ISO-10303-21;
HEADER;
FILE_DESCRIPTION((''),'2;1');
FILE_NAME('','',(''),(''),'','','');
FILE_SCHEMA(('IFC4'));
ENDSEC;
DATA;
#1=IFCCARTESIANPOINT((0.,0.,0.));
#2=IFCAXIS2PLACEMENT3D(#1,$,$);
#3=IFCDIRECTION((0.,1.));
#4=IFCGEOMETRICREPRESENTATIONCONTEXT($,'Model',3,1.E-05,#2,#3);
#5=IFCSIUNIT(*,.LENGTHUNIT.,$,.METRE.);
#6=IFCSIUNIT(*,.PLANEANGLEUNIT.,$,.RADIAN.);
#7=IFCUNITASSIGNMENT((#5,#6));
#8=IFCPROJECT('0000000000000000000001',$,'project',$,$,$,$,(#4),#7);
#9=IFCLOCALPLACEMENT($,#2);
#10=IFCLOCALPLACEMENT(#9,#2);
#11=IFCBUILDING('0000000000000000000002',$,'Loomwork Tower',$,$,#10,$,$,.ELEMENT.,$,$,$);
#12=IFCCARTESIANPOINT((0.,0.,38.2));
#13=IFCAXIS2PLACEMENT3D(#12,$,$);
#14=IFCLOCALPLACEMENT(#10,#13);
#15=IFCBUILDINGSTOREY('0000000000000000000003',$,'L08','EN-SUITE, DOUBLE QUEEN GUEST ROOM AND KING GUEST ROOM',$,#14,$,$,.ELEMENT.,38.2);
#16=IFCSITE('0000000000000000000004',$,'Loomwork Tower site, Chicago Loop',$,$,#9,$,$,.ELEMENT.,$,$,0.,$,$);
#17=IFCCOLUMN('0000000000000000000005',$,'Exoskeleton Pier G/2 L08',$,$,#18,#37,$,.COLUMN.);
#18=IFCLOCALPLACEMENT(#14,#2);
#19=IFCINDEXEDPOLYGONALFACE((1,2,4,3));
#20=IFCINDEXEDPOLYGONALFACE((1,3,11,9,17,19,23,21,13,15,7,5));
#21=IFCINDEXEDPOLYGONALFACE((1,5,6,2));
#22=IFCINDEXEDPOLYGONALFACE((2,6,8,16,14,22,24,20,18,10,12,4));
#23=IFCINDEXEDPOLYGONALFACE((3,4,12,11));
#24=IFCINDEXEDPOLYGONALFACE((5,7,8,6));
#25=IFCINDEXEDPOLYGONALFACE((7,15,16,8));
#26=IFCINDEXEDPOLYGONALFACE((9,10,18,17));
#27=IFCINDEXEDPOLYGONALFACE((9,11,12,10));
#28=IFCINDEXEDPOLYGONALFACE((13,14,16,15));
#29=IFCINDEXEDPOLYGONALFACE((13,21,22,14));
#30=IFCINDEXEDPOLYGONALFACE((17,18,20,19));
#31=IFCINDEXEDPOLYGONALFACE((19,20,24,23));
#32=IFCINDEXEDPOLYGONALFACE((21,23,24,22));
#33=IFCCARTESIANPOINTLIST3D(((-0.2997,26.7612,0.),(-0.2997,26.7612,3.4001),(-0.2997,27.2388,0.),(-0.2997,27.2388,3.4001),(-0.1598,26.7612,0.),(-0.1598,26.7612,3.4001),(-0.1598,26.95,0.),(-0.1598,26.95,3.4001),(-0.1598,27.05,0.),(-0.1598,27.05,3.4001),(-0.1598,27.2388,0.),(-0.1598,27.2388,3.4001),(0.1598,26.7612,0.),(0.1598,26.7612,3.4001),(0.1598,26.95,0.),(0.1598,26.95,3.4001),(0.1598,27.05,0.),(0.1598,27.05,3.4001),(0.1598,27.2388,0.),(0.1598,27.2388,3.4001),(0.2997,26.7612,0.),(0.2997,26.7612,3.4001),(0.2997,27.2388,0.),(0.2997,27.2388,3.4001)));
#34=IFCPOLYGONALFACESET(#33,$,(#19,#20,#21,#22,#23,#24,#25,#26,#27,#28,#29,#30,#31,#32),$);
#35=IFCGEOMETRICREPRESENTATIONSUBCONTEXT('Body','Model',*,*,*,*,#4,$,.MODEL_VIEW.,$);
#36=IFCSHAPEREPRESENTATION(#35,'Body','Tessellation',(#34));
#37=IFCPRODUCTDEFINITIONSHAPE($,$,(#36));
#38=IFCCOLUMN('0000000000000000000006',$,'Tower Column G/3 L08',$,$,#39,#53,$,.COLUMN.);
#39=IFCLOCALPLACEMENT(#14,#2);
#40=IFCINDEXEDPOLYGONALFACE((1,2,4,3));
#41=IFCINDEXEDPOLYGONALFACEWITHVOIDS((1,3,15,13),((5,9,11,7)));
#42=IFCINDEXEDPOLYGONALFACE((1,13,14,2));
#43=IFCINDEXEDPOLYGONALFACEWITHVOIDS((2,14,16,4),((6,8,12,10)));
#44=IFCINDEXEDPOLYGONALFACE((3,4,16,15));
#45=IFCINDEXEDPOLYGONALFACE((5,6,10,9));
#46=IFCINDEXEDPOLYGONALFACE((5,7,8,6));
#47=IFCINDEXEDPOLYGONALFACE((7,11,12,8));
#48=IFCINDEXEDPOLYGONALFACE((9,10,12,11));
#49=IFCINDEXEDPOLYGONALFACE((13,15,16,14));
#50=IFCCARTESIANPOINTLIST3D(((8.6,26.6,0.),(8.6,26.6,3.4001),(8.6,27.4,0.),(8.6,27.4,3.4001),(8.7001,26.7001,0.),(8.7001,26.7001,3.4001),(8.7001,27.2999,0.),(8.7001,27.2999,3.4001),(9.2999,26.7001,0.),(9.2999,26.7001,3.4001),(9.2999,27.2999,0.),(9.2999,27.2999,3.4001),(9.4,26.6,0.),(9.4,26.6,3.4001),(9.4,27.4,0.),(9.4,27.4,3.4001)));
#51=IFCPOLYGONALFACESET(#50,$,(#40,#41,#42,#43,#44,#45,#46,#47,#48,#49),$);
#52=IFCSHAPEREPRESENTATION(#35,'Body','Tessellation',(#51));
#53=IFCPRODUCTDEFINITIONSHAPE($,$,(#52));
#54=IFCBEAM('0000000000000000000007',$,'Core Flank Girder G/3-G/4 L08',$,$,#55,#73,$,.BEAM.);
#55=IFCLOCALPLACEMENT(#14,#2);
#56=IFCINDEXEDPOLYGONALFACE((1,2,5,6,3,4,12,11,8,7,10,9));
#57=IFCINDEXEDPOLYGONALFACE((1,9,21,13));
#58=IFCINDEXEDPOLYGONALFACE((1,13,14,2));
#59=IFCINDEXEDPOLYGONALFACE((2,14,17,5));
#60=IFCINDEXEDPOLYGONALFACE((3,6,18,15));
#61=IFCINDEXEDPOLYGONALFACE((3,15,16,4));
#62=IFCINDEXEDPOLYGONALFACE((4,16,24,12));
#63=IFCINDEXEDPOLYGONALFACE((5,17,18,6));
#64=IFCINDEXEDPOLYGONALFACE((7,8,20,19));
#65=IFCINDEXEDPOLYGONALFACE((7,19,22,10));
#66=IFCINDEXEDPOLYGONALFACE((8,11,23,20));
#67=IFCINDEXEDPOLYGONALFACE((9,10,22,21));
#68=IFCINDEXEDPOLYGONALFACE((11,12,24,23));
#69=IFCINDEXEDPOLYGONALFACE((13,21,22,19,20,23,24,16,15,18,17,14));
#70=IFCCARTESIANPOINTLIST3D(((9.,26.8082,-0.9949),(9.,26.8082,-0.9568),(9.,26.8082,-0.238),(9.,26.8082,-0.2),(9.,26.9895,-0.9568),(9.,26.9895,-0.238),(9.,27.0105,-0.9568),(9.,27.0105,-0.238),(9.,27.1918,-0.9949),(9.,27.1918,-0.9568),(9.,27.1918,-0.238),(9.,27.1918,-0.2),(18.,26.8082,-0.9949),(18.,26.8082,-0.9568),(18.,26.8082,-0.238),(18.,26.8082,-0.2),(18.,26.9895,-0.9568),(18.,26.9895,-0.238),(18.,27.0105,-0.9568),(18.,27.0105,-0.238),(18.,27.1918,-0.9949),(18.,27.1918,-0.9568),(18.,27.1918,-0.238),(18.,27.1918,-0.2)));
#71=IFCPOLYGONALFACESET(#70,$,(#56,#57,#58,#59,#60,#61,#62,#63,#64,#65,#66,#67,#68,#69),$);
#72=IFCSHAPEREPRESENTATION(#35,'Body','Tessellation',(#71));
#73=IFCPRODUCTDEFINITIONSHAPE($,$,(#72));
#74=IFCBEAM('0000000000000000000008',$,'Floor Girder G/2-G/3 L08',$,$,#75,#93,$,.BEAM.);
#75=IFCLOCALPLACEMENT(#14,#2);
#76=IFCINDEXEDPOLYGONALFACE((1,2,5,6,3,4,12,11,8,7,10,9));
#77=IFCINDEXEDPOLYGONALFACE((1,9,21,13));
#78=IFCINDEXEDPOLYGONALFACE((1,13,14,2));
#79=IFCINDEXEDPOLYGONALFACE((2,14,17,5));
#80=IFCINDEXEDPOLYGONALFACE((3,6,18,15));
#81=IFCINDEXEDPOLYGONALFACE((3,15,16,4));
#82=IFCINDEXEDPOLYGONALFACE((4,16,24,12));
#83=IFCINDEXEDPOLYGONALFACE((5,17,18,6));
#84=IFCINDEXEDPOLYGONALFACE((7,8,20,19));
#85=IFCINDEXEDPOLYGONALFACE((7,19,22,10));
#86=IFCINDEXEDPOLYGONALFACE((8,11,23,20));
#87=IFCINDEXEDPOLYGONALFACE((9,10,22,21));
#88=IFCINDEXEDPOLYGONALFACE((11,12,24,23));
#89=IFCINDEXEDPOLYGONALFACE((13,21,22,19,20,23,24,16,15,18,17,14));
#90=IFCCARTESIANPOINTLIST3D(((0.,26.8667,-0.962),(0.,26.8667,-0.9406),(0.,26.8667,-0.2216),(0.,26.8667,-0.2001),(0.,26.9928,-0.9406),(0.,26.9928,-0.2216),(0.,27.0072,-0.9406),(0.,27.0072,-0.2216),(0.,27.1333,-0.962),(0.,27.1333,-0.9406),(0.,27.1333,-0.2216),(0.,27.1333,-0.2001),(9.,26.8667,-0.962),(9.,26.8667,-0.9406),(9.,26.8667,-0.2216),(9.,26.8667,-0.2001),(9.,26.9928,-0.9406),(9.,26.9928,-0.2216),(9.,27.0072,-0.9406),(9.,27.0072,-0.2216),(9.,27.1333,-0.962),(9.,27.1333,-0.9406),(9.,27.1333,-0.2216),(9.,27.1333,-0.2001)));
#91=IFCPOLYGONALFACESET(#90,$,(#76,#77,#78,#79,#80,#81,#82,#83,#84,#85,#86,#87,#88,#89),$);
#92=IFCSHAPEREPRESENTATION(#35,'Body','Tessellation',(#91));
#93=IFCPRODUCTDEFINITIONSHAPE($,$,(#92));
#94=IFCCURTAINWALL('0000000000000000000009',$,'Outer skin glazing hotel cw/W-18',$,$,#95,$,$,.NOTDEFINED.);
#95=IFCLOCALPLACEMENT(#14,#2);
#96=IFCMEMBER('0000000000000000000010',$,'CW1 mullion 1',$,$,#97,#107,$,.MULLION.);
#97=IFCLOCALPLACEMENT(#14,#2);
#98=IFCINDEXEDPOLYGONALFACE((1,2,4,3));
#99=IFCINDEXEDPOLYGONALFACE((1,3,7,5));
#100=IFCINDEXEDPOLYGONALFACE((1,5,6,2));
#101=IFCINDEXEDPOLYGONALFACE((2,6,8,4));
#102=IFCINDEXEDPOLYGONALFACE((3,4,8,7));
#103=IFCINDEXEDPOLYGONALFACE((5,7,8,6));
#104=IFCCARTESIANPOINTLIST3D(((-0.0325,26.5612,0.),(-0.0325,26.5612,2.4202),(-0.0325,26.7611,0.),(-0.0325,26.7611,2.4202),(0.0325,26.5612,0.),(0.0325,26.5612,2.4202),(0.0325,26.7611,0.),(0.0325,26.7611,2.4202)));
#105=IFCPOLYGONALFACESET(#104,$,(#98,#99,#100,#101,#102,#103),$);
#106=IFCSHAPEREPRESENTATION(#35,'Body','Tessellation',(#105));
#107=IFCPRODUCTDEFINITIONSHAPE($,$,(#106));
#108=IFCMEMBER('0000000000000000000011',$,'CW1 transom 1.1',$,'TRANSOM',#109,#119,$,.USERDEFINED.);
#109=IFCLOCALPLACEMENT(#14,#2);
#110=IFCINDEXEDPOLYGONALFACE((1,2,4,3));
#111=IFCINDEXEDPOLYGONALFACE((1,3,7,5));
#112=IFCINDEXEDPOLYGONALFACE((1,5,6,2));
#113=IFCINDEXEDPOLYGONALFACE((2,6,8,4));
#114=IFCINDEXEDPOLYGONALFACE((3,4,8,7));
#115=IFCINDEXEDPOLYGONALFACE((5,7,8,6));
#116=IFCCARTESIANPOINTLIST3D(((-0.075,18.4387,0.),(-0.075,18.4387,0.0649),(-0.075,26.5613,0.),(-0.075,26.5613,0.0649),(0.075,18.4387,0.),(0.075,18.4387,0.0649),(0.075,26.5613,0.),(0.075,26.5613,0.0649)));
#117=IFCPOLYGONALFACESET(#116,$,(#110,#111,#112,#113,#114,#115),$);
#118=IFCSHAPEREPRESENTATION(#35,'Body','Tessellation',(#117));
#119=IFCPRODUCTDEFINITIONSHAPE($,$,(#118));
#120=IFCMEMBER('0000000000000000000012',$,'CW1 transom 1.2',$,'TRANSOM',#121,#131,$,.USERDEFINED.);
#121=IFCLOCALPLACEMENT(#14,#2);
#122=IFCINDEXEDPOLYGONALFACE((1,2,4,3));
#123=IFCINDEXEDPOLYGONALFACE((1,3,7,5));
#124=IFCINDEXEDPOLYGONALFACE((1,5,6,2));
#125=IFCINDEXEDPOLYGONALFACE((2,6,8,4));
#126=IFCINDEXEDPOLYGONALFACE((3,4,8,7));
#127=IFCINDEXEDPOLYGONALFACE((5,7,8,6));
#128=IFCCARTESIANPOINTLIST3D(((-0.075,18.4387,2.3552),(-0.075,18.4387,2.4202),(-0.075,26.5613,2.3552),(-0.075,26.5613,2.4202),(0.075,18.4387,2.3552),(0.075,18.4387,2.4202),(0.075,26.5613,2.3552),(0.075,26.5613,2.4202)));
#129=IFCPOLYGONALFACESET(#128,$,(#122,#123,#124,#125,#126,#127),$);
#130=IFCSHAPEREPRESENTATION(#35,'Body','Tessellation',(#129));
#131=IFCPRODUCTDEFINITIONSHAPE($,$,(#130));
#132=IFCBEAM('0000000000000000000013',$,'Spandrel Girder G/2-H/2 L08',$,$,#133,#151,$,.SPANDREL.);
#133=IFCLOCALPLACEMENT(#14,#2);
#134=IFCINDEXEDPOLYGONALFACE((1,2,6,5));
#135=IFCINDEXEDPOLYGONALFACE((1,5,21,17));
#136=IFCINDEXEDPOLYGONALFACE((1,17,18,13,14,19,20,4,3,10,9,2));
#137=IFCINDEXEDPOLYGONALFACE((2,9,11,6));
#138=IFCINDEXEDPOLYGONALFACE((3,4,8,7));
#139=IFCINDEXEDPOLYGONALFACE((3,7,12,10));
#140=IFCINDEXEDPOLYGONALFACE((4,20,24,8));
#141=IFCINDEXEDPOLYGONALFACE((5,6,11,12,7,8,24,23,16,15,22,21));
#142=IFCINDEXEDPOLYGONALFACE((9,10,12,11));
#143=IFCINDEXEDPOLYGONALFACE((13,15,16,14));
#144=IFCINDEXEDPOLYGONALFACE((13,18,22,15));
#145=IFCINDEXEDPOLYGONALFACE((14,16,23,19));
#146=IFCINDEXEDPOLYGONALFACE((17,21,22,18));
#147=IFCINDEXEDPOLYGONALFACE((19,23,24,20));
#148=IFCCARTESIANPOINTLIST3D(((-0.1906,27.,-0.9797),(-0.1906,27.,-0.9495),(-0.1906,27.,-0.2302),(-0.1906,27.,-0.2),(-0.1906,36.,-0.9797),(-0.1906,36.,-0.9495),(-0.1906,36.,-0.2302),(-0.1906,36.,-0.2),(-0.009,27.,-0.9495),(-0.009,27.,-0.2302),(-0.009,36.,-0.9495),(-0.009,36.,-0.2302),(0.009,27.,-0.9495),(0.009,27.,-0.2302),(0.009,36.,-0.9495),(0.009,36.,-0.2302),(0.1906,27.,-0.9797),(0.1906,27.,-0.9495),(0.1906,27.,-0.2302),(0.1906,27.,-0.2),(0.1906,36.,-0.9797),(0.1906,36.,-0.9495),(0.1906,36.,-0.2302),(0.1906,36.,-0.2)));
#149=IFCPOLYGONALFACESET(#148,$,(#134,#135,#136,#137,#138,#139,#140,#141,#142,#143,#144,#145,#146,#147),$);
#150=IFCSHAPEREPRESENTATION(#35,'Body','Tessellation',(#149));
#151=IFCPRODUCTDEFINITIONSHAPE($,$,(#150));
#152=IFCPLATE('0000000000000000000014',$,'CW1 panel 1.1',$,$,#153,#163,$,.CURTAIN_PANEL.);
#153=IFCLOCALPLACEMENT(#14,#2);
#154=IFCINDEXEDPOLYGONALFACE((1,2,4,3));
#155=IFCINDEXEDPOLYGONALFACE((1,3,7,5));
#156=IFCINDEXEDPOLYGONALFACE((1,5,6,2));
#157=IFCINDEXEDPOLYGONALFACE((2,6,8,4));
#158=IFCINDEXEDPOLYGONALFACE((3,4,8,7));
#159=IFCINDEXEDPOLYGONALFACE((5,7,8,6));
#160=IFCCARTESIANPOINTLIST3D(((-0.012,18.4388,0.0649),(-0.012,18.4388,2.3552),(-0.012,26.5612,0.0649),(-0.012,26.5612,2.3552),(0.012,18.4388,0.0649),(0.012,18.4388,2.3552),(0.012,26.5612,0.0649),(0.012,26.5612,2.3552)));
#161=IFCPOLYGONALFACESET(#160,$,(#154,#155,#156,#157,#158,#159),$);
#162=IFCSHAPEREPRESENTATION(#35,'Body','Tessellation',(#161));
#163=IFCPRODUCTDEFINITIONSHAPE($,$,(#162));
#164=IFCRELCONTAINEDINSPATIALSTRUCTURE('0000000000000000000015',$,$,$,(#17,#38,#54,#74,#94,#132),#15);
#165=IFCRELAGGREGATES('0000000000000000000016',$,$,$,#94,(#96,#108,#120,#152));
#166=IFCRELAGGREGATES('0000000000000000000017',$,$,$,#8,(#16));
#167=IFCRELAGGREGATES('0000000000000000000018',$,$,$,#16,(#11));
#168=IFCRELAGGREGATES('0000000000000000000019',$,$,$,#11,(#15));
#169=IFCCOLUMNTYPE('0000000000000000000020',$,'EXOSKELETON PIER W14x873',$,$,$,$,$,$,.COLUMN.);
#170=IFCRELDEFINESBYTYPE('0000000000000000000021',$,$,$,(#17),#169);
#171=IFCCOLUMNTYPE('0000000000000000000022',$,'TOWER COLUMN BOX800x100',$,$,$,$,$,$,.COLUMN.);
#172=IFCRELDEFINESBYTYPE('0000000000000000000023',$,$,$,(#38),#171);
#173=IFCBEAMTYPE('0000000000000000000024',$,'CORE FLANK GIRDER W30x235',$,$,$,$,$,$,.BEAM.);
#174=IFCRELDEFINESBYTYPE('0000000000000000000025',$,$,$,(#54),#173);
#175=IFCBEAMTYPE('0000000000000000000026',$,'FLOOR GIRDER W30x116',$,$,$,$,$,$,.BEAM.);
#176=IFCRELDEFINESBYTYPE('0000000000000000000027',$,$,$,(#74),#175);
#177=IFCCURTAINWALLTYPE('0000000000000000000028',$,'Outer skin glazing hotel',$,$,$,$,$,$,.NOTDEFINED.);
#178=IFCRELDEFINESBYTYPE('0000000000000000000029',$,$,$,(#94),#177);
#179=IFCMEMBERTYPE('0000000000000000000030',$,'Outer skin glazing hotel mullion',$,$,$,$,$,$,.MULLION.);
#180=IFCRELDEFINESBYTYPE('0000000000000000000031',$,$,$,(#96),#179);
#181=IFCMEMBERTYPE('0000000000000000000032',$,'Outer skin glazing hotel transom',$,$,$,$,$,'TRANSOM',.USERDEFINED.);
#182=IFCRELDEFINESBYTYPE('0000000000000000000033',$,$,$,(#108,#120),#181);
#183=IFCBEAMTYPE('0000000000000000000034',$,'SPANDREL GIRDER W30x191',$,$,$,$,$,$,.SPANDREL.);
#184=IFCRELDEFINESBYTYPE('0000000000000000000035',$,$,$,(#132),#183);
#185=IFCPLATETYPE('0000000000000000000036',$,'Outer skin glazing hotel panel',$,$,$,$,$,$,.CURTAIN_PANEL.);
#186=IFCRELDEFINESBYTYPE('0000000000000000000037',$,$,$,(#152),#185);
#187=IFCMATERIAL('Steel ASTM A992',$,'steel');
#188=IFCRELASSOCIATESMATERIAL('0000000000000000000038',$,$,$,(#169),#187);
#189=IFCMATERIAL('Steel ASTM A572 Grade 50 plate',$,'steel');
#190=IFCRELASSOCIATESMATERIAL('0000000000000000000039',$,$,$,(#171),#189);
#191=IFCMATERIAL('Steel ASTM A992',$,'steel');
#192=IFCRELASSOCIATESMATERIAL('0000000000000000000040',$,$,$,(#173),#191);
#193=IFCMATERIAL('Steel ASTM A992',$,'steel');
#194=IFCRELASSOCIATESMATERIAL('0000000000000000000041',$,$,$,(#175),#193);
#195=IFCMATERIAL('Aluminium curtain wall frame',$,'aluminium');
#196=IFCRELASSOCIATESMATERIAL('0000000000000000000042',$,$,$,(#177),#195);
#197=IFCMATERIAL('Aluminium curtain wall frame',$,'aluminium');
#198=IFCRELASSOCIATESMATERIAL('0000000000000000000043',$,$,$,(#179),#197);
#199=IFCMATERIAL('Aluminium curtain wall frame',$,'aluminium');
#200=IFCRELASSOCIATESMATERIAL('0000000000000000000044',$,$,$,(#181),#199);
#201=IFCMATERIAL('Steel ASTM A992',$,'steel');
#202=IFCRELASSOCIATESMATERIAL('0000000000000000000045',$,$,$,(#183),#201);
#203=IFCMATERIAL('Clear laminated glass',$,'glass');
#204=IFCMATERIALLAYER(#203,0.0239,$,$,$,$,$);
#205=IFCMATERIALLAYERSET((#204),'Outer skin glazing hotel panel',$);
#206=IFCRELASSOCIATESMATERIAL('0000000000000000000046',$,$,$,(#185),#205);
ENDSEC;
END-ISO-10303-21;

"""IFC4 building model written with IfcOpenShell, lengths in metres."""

from ifc_helpers import new_model, si_unit, direction, frame, origin, origin_2d, place, context, subcontext, project, spatial, rectangle, hollow_rectangle, i_section, extrude, material, layer, layer_set, material_profile, profile_set, type_object, element, aggregate, save


model = new_model("IFC4")

# Units and contexts
model_context = context("Model", 3, precision=1e-05, world=origin(), true_north=direction((0.0, 1.0)))
body_context = subcontext(model_context, "Body", "Model", "MODEL_VIEW")
ifc_project = project(units=[si_unit("LENGTHUNIT", "METRE"), si_unit("PLANEANGLEUNIT", "RADIAN")], contexts=[model_context])

# Site, building, storey
site_placement = place(None, origin())
site = spatial("IfcSite", under=ifc_project, at=site_placement, Name="Loomwork Tower site, Chicago Loop", CompositionType="ELEMENT", RefElevation=0.0)
building_placement = place(site_placement, origin())
building = spatial("IfcBuilding", under=site, at=building_placement, Name="Loomwork Tower", CompositionType="ELEMENT")
storey_placement = place(building_placement, frame((0.0, 0.0, 38.2)))
storey = spatial("IfcBuildingStorey", under=building, at=storey_placement, Name="L08", Description="EN-SUITE, DOUBLE QUEEN GUEST ROOM AND KING GUEST ROOM", CompositionType="ELEMENT", Elevation=38.2)

# Columns
ifc_material_1 = material(Name="Steel ASTM A992", Category="steel")
ifc_material_profile_1 = material_profile(ifc_material_1, i_section(OverallWidth=0.4775, OverallDepth=0.5994, WebThickness=0.1001, FlangeThickness=0.1399, at=origin_2d()), Name="W14x873")
ifc_profile_set_1 = profile_set([ifc_material_profile_1], Name="Steel ASTM A992")
column_type_1 = type_object("IfcColumnType", Name="EXOSKELETON PIER W14x873", PredefinedType="COLUMN", material=ifc_profile_set_1)
column_1_placement = place(storey_placement, frame((0.0, 27.0, 0.0), z_axis=(0.0, 0.0, 1.0), x_axis=(0.0, 1.0, 0.0)))
element("IfcColumn", 1, at=column_1_placement, inside=storey, type_object=column_type_1, Name="Exoskeleton Pier G/2 L08", PredefinedType="COLUMN", context=body_context, shape_type="SweptSolid", body=[
    extrude(i_section(OverallWidth=0.4775, OverallDepth=0.5994, WebThickness=0.1001, FlangeThickness=0.1399, at=origin_2d()), origin(), (0.0, 0.0, 1.0), 3.4001),
])
ifc_material_2 = material(Name="Steel ASTM A572 Grade 50 plate", Category="steel")
ifc_material_profile_2 = material_profile(ifc_material_2, hollow_rectangle(XDim=0.8, YDim=0.8, WallThickness=0.1001, at=origin_2d()), Name="BOX800x100")
ifc_profile_set_2 = profile_set([ifc_material_profile_2], Name="Steel ASTM A572 Grade 50 plate")
column_type_2 = type_object("IfcColumnType", Name="TOWER COLUMN BOX800x100", PredefinedType="COLUMN", material=ifc_profile_set_2)
column_2_placement = place(storey_placement, frame((9.0, 27.0, 0.0), z_axis=(0.0, 0.0, 1.0), x_axis=(1.0, 0.0, 0.0)))
element("IfcColumn", 2, at=column_2_placement, inside=storey, type_object=column_type_2, Name="Tower Column G/3 L08", PredefinedType="COLUMN", context=body_context, shape_type="SweptSolid", body=[
    extrude(hollow_rectangle(XDim=0.8, YDim=0.8, WallThickness=0.1001, at=origin_2d()), origin(), (0.0, 0.0, 1.0), 3.4001),
])

# Beams
ifc_material_3 = material(Name="Steel ASTM A992", Category="steel")
ifc_material_profile_3 = material_profile(ifc_material_3, i_section(OverallWidth=0.3835, OverallDepth=0.7949, WebThickness=0.021, FlangeThickness=0.0381, at=origin_2d()), Name="W30x235")
ifc_profile_set_3 = profile_set([ifc_material_profile_3], Name="Steel ASTM A992")
beam_type_1 = type_object("IfcBeamType", Name="CORE FLANK GIRDER W30x235", PredefinedType="BEAM", material=ifc_profile_set_3)
beam_1_placement = place(storey_placement, frame((9.0, 27.0, -0.5974), z_axis=(1.0, 0.0, 0.0), x_axis=(0.0, 1.0, 0.0)))
element("IfcBeam", 3, at=beam_1_placement, inside=storey, type_object=beam_type_1, Name="Core Flank Girder G/3-G/4 L08", PredefinedType="BEAM", context=body_context, shape_type="SweptSolid", body=[
    extrude(i_section(OverallWidth=0.3835, OverallDepth=0.7949, WebThickness=0.021, FlangeThickness=0.0381, at=origin_2d()), origin(), (0.0, 0.0, 1.0), 9.0),
])
ifc_material_4 = material(Name="Steel ASTM A992", Category="steel")
ifc_material_profile_4 = material_profile(ifc_material_4, i_section(OverallWidth=0.2666, OverallDepth=0.762, WebThickness=0.0144, FlangeThickness=0.0215, at=origin_2d()), Name="W30x116")
ifc_profile_set_4 = profile_set([ifc_material_profile_4], Name="Steel ASTM A992")
beam_type_2 = type_object("IfcBeamType", Name="FLOOR GIRDER W30x116", PredefinedType="BEAM", material=ifc_profile_set_4)
beam_2_placement = place(storey_placement, frame((0.0, 27.0, -0.5811), z_axis=(1.0, 0.0, 0.0), x_axis=(0.0, 1.0, 0.0)))
element("IfcBeam", 4, at=beam_2_placement, inside=storey, type_object=beam_type_2, Name="Floor Girder G/2-G/3 L08", PredefinedType="BEAM", context=body_context, shape_type="SweptSolid", body=[
    extrude(i_section(OverallWidth=0.2666, OverallDepth=0.762, WebThickness=0.0144, FlangeThickness=0.0215, at=origin_2d()), origin(), (0.0, 0.0, 1.0), 9.0),
])

# Curtain wall, members
ifc_material_5 = material(Name="Aluminium curtain wall frame", Category="aluminium")
curtain_wall_type = type_object("IfcCurtainWallType", Name="Outer skin glazing hotel", PredefinedType="NOTDEFINED", material=ifc_material_5)
curtain_wall_placement = place(storey_placement, origin())
curtain_wall = element("IfcCurtainWall", 5, at=curtain_wall_placement, inside=storey, type_object=curtain_wall_type, Name="Outer skin glazing hotel cw/W-18", PredefinedType="NOTDEFINED")
ifc_material_6 = material(Name="Aluminium curtain wall frame", Category="aluminium")
ifc_material_profile_5 = material_profile(ifc_material_6, rectangle(XDim=0.0649, YDim=0.2, at=origin_2d()), Name="AL 65x200")
ifc_profile_set_5 = profile_set([ifc_material_profile_5], Name="Aluminium curtain wall frame")
member_type_1 = type_object("IfcMemberType", Name="Outer skin glazing hotel mullion", PredefinedType="MULLION", material=ifc_profile_set_5)
member_1_placement = place(storey_placement, frame((0.0, 26.6611, 0.0), z_axis=(0.0, 0.0, 1.0), x_axis=(1.0, 0.0, 0.0)))
member_1 = element("IfcMember", 6, at=member_1_placement, type_object=member_type_1, Name="CW1 mullion 1", PredefinedType="MULLION", context=body_context, shape_type="SweptSolid", body=[
    extrude(rectangle(XDim=0.0649, YDim=0.2, at=origin_2d()), origin(), (0.0, 0.0, 1.0), 2.4202),
])
ifc_material_7 = material(Name="Aluminium curtain wall frame", Category="aluminium")
ifc_material_profile_6 = material_profile(ifc_material_7, rectangle(XDim=0.1499, YDim=0.0649, at=origin_2d()), Name="AL 65x150")
ifc_profile_set_6 = profile_set([ifc_material_profile_6], Name="Aluminium curtain wall frame")
member_type_2 = type_object("IfcMemberType", Name="Outer skin glazing hotel transom", ElementType="TRANSOM", PredefinedType="USERDEFINED", material=ifc_profile_set_6)
member_2_placement = place(storey_placement, frame((0.0, 26.5613, 0.0325), z_axis=(0.0, -1.0, 0.0), x_axis=(1.0, 0.0, 0.0)))
member_2 = element("IfcMember", 7, at=member_2_placement, type_object=member_type_2, Name="CW1 transom 1.1", ObjectType="TRANSOM", PredefinedType="USERDEFINED", context=body_context, shape_type="SweptSolid", body=[
    extrude(rectangle(XDim=0.1499, YDim=0.0649, at=origin_2d()), origin(), (0.0, 0.0, 1.0), 8.1226),
])
member_3_placement = place(storey_placement, frame((0.0, 26.5613, 2.3877), z_axis=(0.0, -1.0, 0.0), x_axis=(1.0, 0.0, 0.0)))
member_3 = element("IfcMember", 8, at=member_3_placement, type_object=member_type_2, Name="CW1 transom 1.2", ObjectType="TRANSOM", PredefinedType="USERDEFINED", context=body_context, shape_type="SweptSolid", body=[
    extrude(rectangle(XDim=0.1499, YDim=0.0649, at=origin_2d()), origin(), (0.0, 0.0, 1.0), 8.1226),
])

# Beam
ifc_material_8 = material(Name="Steel ASTM A992", Category="steel")
ifc_material_profile_7 = material_profile(ifc_material_8, i_section(OverallWidth=0.3811, OverallDepth=0.7798, WebThickness=0.0181, FlangeThickness=0.0303, at=origin_2d()), Name="W30x191")
ifc_profile_set_7 = profile_set([ifc_material_profile_7], Name="Steel ASTM A992")
beam_type_3 = type_object("IfcBeamType", Name="SPANDREL GIRDER W30x191", PredefinedType="SPANDREL", material=ifc_profile_set_7)
beam_3_placement = place(storey_placement, frame((0.0, 27.0, -0.5898), z_axis=(0.0, 1.0, 0.0), x_axis=(-1.0, 0.0, 0.0)))
element("IfcBeam", 9, at=beam_3_placement, inside=storey, type_object=beam_type_3, Name="Spandrel Girder G/2-H/2 L08", PredefinedType="SPANDREL", context=body_context, shape_type="SweptSolid", body=[
    extrude(i_section(OverallWidth=0.3811, OverallDepth=0.7798, WebThickness=0.0181, FlangeThickness=0.0303, at=origin_2d()), origin(), (0.0, 0.0, 1.0), 9.0),
])

# Plate
ifc_material_9 = material(Name="Clear laminated glass", Category="glass")
ifc_layer_1 = layer(ifc_material_9, 0.0239)
ifc_layer_set_1 = layer_set([ifc_layer_1], Name="Outer skin glazing hotel panel")
plate_type = type_object("IfcPlateType", Name="Outer skin glazing hotel panel", PredefinedType="CURTAIN_PANEL", material=ifc_layer_set_1)
plate_placement = place(storey_placement, frame((0.0, 22.5, 0.0649), z_axis=(0.0, 0.0, 1.0), x_axis=(0.0, -1.0, 0.0)))
plate = element("IfcPlate", 10, at=plate_placement, type_object=plate_type, Name="CW1 panel 1.1", PredefinedType="CURTAIN_PANEL", context=body_context, shape_type="SweptSolid", body=[
    extrude(rectangle(XDim=8.1223, YDim=0.0239, at=origin_2d()), origin(), (0.0, 0.0, 1.0), 2.2903),
])
aggregate(curtain_wall, [member_1, member_2, member_3, plate])

save(model, "model.ifc")
